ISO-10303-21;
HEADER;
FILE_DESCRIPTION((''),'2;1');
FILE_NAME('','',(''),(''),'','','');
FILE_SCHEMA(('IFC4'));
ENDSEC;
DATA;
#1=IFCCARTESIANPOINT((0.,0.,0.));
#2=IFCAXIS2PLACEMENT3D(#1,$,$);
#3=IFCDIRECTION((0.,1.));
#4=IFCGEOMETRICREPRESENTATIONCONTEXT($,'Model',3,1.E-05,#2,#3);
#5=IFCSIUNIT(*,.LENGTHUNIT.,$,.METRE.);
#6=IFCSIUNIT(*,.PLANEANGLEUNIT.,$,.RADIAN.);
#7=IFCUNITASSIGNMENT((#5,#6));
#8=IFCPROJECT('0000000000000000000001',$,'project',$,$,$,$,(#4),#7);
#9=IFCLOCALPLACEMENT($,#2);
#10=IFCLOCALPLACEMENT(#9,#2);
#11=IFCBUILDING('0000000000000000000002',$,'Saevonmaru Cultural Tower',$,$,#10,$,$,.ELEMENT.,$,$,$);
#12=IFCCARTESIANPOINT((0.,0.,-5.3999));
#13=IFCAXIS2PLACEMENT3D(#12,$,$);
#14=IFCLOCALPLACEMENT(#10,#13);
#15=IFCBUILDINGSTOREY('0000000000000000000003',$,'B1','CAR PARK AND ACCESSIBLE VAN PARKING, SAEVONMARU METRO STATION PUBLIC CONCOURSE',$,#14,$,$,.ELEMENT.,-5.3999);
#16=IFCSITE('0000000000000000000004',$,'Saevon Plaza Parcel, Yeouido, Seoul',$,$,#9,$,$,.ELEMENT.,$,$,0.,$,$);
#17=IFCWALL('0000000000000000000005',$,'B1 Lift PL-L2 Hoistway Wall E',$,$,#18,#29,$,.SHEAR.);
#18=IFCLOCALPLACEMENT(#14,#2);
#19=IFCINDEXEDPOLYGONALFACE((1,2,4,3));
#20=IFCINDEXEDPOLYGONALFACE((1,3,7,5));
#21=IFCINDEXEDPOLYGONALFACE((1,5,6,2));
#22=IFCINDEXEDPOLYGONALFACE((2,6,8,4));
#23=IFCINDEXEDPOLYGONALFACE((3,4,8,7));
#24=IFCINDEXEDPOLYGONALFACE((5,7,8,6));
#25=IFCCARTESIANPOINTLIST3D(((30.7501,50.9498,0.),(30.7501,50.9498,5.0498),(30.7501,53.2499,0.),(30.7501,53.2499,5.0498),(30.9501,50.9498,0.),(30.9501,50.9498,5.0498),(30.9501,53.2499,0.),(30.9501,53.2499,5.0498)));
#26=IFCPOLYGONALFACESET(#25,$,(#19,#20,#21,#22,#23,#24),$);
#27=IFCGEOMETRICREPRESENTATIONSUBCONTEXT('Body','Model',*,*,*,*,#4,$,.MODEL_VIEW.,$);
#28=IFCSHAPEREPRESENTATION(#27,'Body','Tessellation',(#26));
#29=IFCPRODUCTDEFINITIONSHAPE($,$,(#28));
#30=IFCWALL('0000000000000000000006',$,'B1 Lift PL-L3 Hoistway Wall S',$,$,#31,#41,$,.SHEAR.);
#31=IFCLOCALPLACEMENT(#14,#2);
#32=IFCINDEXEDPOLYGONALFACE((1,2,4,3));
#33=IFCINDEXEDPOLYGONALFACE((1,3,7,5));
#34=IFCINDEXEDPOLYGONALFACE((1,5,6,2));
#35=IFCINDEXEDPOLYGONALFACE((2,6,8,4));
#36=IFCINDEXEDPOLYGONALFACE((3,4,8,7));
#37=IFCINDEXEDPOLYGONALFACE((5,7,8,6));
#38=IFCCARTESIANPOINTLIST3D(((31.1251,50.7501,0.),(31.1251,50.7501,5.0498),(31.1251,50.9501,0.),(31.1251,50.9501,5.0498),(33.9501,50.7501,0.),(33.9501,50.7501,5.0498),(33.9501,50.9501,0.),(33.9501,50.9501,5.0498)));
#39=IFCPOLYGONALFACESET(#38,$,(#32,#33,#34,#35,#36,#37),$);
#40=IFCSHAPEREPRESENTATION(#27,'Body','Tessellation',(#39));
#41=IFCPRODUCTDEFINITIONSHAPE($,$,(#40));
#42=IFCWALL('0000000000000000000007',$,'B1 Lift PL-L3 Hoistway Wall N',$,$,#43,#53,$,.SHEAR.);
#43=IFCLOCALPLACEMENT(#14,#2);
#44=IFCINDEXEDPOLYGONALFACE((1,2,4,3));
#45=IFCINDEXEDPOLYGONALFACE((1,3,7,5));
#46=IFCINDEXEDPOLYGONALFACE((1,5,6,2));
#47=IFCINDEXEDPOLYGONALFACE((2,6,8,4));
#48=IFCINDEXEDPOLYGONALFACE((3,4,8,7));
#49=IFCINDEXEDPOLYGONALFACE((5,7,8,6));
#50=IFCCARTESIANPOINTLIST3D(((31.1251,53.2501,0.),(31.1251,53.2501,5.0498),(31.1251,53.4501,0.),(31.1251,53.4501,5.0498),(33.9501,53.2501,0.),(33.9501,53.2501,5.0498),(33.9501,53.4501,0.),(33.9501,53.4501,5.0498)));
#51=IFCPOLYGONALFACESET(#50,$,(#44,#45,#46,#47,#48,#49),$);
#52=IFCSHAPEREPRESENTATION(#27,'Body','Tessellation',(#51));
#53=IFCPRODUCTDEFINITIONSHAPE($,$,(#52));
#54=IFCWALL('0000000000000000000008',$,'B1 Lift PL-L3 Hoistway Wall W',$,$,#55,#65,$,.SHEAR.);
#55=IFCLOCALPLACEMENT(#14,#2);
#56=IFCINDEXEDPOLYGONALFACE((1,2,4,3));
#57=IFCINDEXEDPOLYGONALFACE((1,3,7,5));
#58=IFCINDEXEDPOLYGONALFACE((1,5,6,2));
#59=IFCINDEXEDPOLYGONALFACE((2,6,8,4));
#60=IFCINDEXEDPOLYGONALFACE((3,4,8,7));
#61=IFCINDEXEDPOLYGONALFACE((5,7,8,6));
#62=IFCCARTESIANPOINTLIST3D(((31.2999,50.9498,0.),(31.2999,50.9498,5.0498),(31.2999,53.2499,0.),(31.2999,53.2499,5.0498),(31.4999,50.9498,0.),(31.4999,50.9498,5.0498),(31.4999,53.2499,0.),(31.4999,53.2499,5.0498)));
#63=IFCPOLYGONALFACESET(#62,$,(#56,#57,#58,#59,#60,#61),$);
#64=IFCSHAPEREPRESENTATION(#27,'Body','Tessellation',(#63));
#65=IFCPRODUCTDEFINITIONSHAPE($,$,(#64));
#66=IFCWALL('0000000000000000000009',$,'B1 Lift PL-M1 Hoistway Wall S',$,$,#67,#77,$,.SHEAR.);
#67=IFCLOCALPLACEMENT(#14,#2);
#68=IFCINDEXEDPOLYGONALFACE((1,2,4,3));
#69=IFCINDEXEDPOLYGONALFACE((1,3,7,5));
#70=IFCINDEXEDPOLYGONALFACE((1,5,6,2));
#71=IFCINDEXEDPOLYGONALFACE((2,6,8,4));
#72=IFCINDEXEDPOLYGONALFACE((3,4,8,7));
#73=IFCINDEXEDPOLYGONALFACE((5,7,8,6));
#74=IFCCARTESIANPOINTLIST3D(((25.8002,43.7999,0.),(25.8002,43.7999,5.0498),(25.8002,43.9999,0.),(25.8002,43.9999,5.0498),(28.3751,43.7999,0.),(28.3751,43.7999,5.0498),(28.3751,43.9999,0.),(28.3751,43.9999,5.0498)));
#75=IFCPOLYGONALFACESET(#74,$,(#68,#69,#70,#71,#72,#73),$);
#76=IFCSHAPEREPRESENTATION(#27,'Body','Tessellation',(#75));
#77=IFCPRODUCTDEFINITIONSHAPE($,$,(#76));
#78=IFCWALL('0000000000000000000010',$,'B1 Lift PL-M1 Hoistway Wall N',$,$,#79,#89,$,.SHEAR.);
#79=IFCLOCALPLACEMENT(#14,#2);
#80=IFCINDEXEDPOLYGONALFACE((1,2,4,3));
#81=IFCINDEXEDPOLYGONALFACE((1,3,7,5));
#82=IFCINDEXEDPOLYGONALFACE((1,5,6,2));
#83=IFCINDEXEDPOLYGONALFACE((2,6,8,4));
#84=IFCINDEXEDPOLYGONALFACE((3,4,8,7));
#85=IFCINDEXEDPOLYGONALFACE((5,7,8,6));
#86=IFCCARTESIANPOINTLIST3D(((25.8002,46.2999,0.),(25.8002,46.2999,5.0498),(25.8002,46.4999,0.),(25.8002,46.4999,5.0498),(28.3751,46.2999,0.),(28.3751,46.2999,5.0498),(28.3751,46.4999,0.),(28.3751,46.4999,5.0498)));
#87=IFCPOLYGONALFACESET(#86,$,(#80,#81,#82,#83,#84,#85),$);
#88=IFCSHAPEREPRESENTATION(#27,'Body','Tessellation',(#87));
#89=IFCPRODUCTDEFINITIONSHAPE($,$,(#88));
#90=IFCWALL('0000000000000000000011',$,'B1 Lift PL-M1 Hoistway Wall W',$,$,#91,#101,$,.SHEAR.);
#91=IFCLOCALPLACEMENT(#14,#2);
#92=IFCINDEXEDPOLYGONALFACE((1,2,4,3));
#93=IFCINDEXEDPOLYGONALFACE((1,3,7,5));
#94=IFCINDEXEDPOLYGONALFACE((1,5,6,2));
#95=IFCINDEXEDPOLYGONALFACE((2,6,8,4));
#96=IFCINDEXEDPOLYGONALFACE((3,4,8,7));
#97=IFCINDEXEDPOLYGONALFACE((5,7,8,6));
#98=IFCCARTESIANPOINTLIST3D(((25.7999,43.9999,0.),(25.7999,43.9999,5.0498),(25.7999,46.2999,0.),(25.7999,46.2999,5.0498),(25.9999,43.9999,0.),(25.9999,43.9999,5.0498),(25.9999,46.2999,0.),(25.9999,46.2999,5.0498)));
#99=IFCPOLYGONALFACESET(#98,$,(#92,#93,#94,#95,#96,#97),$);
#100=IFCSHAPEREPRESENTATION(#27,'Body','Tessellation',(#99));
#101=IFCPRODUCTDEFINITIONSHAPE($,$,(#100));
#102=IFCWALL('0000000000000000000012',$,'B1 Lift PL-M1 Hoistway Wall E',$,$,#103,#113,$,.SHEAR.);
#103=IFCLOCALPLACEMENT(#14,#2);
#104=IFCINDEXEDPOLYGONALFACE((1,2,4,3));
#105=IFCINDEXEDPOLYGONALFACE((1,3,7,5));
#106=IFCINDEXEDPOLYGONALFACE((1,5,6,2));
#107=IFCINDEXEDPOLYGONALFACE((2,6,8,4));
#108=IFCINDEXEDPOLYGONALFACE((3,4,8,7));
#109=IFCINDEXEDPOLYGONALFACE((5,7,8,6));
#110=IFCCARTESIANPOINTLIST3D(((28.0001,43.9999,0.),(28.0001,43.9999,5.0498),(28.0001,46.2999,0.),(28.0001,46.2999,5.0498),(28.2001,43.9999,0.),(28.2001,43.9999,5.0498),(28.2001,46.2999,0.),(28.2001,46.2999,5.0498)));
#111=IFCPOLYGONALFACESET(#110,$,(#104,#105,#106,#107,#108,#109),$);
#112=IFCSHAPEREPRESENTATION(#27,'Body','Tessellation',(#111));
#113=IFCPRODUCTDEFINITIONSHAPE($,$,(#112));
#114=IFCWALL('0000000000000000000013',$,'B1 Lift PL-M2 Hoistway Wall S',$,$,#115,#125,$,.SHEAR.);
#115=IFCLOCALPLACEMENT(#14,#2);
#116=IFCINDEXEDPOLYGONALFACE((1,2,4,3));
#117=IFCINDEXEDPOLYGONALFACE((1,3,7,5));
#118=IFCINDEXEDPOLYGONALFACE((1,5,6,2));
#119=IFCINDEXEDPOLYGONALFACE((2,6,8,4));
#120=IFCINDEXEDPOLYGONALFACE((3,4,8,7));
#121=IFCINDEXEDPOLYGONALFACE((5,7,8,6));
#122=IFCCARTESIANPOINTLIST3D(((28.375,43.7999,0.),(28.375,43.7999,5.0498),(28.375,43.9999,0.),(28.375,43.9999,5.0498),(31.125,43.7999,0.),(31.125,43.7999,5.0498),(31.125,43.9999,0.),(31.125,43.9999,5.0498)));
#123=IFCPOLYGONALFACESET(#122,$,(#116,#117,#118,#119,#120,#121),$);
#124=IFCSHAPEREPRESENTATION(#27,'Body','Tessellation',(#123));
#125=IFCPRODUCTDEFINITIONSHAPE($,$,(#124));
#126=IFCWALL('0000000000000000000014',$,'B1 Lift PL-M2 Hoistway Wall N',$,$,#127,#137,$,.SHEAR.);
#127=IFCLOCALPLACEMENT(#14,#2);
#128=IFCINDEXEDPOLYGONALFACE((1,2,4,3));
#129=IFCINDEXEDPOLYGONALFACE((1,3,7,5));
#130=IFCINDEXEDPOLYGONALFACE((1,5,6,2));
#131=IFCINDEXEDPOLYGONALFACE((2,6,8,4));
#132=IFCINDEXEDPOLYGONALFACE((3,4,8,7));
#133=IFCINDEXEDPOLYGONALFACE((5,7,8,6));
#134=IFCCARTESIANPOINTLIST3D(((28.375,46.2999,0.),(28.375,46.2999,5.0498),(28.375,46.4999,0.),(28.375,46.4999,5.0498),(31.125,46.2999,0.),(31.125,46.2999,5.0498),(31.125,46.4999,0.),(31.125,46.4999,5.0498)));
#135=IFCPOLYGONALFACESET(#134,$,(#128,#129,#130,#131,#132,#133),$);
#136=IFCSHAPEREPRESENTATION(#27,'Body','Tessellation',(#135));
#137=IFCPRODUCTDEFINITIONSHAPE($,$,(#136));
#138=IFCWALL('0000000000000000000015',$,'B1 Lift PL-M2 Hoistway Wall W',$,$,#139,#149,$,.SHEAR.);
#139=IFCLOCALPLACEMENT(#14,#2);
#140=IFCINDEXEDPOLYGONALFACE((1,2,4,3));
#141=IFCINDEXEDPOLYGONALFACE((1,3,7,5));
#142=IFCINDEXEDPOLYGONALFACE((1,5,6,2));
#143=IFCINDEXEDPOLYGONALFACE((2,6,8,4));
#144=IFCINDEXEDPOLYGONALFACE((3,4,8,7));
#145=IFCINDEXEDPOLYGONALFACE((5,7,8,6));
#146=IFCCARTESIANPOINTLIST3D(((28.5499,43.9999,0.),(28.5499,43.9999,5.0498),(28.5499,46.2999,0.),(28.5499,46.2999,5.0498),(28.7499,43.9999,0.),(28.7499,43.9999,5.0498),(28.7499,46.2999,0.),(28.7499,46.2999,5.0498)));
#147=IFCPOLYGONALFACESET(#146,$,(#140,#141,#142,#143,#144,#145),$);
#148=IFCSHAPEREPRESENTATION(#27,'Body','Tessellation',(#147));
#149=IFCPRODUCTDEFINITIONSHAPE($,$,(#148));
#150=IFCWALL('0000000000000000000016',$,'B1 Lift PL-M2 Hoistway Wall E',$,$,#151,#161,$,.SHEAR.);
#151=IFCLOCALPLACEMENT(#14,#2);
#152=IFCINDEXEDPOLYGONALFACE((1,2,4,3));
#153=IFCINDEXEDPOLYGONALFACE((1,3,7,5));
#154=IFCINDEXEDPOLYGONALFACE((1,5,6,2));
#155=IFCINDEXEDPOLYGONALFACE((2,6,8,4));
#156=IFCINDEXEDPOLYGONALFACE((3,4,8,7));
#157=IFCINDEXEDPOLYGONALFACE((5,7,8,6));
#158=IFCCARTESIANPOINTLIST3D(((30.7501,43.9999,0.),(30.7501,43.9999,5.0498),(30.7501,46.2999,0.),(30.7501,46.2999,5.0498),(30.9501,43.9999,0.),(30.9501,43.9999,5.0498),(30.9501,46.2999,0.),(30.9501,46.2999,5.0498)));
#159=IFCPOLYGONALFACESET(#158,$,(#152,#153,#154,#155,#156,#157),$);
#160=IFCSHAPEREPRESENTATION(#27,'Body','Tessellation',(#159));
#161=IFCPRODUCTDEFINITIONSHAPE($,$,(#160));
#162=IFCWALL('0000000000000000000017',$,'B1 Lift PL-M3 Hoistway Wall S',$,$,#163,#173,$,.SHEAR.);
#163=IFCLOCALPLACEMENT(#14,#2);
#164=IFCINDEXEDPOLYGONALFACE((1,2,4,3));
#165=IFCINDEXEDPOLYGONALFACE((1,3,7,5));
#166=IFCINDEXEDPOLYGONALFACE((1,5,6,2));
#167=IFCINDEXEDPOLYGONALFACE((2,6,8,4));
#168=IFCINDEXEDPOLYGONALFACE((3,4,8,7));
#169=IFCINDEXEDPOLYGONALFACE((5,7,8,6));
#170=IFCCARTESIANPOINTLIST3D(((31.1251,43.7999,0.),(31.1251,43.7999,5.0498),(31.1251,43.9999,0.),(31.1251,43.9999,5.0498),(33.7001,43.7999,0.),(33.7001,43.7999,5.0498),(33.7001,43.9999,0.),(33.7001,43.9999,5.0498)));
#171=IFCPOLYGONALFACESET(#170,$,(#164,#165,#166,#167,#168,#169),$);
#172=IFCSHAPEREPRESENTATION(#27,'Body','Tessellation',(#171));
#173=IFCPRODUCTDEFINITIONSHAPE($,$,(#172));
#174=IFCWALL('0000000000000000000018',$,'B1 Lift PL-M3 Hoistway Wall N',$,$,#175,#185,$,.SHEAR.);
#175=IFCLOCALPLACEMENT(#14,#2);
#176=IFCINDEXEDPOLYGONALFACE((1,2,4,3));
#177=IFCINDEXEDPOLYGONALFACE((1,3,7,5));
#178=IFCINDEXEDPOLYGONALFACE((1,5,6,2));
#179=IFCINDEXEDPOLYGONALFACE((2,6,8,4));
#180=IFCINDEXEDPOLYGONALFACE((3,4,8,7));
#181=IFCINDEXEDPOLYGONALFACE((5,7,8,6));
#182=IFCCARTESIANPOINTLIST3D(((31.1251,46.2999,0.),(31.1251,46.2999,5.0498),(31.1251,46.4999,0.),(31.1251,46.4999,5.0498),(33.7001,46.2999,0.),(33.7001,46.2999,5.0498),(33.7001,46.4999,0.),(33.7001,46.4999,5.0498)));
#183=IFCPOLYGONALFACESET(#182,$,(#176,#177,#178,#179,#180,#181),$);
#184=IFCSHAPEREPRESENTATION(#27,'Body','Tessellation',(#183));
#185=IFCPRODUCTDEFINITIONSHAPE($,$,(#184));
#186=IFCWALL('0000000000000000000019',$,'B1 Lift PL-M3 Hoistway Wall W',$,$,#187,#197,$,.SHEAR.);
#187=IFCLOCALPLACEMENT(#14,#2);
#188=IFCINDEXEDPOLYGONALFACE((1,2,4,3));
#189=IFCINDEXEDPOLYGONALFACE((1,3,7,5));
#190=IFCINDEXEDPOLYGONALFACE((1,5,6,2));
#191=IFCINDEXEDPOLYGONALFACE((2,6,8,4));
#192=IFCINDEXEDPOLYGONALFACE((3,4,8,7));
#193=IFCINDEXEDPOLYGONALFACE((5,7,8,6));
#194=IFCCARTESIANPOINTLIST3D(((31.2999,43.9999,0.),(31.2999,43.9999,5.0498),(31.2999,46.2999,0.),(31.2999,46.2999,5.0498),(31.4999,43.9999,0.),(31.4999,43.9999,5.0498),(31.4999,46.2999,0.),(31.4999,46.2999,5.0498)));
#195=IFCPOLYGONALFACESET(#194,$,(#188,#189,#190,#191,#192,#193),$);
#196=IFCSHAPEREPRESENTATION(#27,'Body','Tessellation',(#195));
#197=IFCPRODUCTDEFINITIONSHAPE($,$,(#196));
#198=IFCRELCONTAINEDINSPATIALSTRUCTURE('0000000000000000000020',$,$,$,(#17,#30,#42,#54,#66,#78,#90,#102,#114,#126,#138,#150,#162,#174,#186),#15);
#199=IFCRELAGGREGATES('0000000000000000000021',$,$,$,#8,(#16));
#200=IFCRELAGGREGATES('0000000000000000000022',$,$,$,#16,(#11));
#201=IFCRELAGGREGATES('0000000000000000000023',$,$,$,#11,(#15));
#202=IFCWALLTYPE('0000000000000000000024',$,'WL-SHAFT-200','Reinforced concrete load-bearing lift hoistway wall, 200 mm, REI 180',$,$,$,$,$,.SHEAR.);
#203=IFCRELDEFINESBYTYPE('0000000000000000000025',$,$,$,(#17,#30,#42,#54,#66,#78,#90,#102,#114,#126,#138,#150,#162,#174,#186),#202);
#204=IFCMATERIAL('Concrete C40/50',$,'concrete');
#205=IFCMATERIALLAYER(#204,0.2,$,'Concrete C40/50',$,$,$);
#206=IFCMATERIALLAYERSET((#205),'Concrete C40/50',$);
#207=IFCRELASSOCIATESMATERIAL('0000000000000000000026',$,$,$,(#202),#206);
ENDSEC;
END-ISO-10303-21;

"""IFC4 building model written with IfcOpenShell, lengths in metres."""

from ifc_helpers import new_model, si_unit, direction, frame, frame_2d, origin, place, context, subcontext, project, spatial, rectangle, extrude, material, layer, layer_set, type_object, element, save


model = new_model("IFC4")

# Units and contexts
model_context = context("Model", 3, precision=1e-05, world=origin(), true_north=direction((0.0, 1.0)))
body_context = subcontext(model_context, "Body", "Model", "MODEL_VIEW")
ifc_project = project(units=[si_unit("LENGTHUNIT", "METRE"), si_unit("PLANEANGLEUNIT", "RADIAN")], contexts=[model_context])

# Site, building, storey
site_placement = place(None, origin())
site = spatial("IfcSite", under=ifc_project, at=site_placement, Name="Saevon Plaza Parcel, Yeouido, Seoul", CompositionType="ELEMENT", RefElevation=0.0)
building_placement = place(site_placement, origin())
building = spatial("IfcBuilding", under=site, at=building_placement, Name="Saevonmaru Cultural Tower", CompositionType="ELEMENT")
storey_placement = place(building_placement, frame((0.0, 0.0, -5.3999)))
storey = spatial("IfcBuildingStorey", under=building, at=storey_placement, Name="B1", Description="CAR PARK AND ACCESSIBLE VAN PARKING, SAEVONMARU METRO STATION PUBLIC CONCOURSE", CompositionType="ELEMENT", Elevation=-5.3999)

# Walls
ifc_material_1 = material(Name="Concrete C40/50", Category="concrete")
ifc_layer = layer(ifc_material_1, 0.2, Name="Concrete C40/50")
ifc_layer_set = layer_set([ifc_layer], Name="Concrete C40/50")
wall_type = type_object("IfcWallType", Name="WL-SHAFT-200", Description="Reinforced concrete load-bearing lift hoistway wall, 200 mm, REI 180", PredefinedType="SHEAR", material=ifc_layer_set)
for number, where, z_axis, x_axis, name in (
    (1, (30.8501, 50.95, 0.0), (0.0, 0.0, 1.0), (0.0, 1.0, 0.0), "B1 Lift PL-L2 Hoistway Wall E"),
):
    element("IfcWall", number, at=place(storey_placement, frame(where, z_axis=z_axis, x_axis=x_axis)), inside=storey, type_object=wall_type, Name=name, PredefinedType="SHEAR", context=body_context, shape_type="SweptSolid", body=[
        extrude(rectangle(XDim=2.3, YDim=0.2, at=frame_2d((1.1499, 0.0))), origin(), (0.0, 0.0, 1.0), 5.0498),
    ])
for number, where, z_axis, x_axis, name in (
    (2, (31.125, 50.8501, 0.0), (0.0, 0.0, 1.0), (1.0, 0.0, 0.0), "B1 Lift PL-L3 Hoistway Wall S"),
    (3, (31.125, 53.3501, 0.0), (0.0, 0.0, 1.0), (1.0, 0.0, 0.0), "B1 Lift PL-L3 Hoistway Wall N"),
):
    element("IfcWall", number, at=place(storey_placement, frame(where, z_axis=z_axis, x_axis=x_axis)), inside=storey, type_object=wall_type, Name=name, PredefinedType="SHEAR", context=body_context, shape_type="SweptSolid", body=[
        extrude(rectangle(XDim=2.825, YDim=0.2, at=frame_2d((1.4126, 0.0))), origin(), (0.0, 0.0, 1.0), 5.0498),
    ])
wall_1_placement = place(storey_placement, frame((31.3999, 50.95, 0.0), z_axis=(0.0, 0.0, 1.0), x_axis=(0.0, 1.0, 0.0)))
element("IfcWall", 4, at=wall_1_placement, inside=storey, type_object=wall_type, Name="B1 Lift PL-L3 Hoistway Wall W", PredefinedType="SHEAR", context=body_context, shape_type="SweptSolid", body=[
    extrude(rectangle(XDim=2.3, YDim=0.2, at=frame_2d((1.1499, 0.0))), origin(), (0.0, 0.0, 1.0), 5.0498),
])
for number, where, z_axis, x_axis, name in (
    (5, (25.8, 43.8999, 0.0), (0.0, 0.0, 1.0), (1.0, 0.0, 0.0), "B1 Lift PL-M1 Hoistway Wall S"),
    (6, (25.8, 46.3999, 0.0), (0.0, 0.0, 1.0), (1.0, 0.0, 0.0), "B1 Lift PL-M1 Hoistway Wall N"),
):
    element("IfcWall", number, at=place(storey_placement, frame(where, z_axis=z_axis, x_axis=x_axis)), inside=storey, type_object=wall_type, Name=name, PredefinedType="SHEAR", context=body_context, shape_type="SweptSolid", body=[
        extrude(rectangle(XDim=2.575, YDim=0.2, at=frame_2d((1.2876, 0.0))), origin(), (0.0, 0.0, 1.0), 5.0498),
    ])
for number, where, z_axis, x_axis, name in (
    (7, (25.8999, 44.0, 0.0), (0.0, 0.0, 1.0), (0.0, 1.0, 0.0), "B1 Lift PL-M1 Hoistway Wall W"),
    (8, (28.1001, 44.0, 0.0), (0.0, 0.0, 1.0), (0.0, 1.0, 0.0), "B1 Lift PL-M1 Hoistway Wall E"),
):
    element("IfcWall", number, at=place(storey_placement, frame(where, z_axis=z_axis, x_axis=x_axis)), inside=storey, type_object=wall_type, Name=name, PredefinedType="SHEAR", context=body_context, shape_type="SweptSolid", body=[
        extrude(rectangle(XDim=2.3, YDim=0.2, at=frame_2d((1.1499, 0.0))), origin(), (0.0, 0.0, 1.0), 5.0498),
    ])
for number, where, z_axis, x_axis, name in (
    (9, (28.375, 43.8999, 0.0), (0.0, 0.0, 1.0), (1.0, 0.0, 0.0), "B1 Lift PL-M2 Hoistway Wall S"),
    (10, (28.375, 46.3999, 0.0), (0.0, 0.0, 1.0), (1.0, 0.0, 0.0), "B1 Lift PL-M2 Hoistway Wall N"),
):
    element("IfcWall", number, at=place(storey_placement, frame(where, z_axis=z_axis, x_axis=x_axis)), inside=storey, type_object=wall_type, Name=name, PredefinedType="SHEAR", context=body_context, shape_type="SweptSolid", body=[
        extrude(rectangle(XDim=2.75, YDim=0.2, at=frame_2d((1.375, 0.0))), origin(), (0.0, 0.0, 1.0), 5.0498),
    ])
for number, where, z_axis, x_axis, name in (
    (11, (28.6499, 44.0, 0.0), (0.0, 0.0, 1.0), (0.0, 1.0, 0.0), "B1 Lift PL-M2 Hoistway Wall W"),
    (12, (30.8501, 44.0, 0.0), (0.0, 0.0, 1.0), (0.0, 1.0, 0.0), "B1 Lift PL-M2 Hoistway Wall E"),
):
    element("IfcWall", number, at=place(storey_placement, frame(where, z_axis=z_axis, x_axis=x_axis)), inside=storey, type_object=wall_type, Name=name, PredefinedType="SHEAR", context=body_context, shape_type="SweptSolid", body=[
        extrude(rectangle(XDim=2.3, YDim=0.2, at=frame_2d((1.1499, 0.0))), origin(), (0.0, 0.0, 1.0), 5.0498),
    ])
for number, where, z_axis, x_axis, name in (
    (13, (31.125, 43.8999, 0.0), (0.0, 0.0, 1.0), (1.0, 0.0, 0.0), "B1 Lift PL-M3 Hoistway Wall S"),
    (14, (31.125, 46.3999, 0.0), (0.0, 0.0, 1.0), (1.0, 0.0, 0.0), "B1 Lift PL-M3 Hoistway Wall N"),
):
    element("IfcWall", number, at=place(storey_placement, frame(where, z_axis=z_axis, x_axis=x_axis)), inside=storey, type_object=wall_type, Name=name, PredefinedType="SHEAR", context=body_context, shape_type="SweptSolid", body=[
        extrude(rectangle(XDim=2.575, YDim=0.2, at=frame_2d((1.2876, 0.0))), origin(), (0.0, 0.0, 1.0), 5.0498),
    ])
wall_2_placement = place(storey_placement, frame((31.3999, 44.0, 0.0), z_axis=(0.0, 0.0, 1.0), x_axis=(0.0, 1.0, 0.0)))
element("IfcWall", 15, at=wall_2_placement, inside=storey, type_object=wall_type, Name="B1 Lift PL-M3 Hoistway Wall W", PredefinedType="SHEAR", context=body_context, shape_type="SweptSolid", body=[
    extrude(rectangle(XDim=2.3, YDim=0.2, at=frame_2d((1.1499, 0.0))), origin(), (0.0, 0.0, 1.0), 5.0498),
])

save(model, "model.ifc")
